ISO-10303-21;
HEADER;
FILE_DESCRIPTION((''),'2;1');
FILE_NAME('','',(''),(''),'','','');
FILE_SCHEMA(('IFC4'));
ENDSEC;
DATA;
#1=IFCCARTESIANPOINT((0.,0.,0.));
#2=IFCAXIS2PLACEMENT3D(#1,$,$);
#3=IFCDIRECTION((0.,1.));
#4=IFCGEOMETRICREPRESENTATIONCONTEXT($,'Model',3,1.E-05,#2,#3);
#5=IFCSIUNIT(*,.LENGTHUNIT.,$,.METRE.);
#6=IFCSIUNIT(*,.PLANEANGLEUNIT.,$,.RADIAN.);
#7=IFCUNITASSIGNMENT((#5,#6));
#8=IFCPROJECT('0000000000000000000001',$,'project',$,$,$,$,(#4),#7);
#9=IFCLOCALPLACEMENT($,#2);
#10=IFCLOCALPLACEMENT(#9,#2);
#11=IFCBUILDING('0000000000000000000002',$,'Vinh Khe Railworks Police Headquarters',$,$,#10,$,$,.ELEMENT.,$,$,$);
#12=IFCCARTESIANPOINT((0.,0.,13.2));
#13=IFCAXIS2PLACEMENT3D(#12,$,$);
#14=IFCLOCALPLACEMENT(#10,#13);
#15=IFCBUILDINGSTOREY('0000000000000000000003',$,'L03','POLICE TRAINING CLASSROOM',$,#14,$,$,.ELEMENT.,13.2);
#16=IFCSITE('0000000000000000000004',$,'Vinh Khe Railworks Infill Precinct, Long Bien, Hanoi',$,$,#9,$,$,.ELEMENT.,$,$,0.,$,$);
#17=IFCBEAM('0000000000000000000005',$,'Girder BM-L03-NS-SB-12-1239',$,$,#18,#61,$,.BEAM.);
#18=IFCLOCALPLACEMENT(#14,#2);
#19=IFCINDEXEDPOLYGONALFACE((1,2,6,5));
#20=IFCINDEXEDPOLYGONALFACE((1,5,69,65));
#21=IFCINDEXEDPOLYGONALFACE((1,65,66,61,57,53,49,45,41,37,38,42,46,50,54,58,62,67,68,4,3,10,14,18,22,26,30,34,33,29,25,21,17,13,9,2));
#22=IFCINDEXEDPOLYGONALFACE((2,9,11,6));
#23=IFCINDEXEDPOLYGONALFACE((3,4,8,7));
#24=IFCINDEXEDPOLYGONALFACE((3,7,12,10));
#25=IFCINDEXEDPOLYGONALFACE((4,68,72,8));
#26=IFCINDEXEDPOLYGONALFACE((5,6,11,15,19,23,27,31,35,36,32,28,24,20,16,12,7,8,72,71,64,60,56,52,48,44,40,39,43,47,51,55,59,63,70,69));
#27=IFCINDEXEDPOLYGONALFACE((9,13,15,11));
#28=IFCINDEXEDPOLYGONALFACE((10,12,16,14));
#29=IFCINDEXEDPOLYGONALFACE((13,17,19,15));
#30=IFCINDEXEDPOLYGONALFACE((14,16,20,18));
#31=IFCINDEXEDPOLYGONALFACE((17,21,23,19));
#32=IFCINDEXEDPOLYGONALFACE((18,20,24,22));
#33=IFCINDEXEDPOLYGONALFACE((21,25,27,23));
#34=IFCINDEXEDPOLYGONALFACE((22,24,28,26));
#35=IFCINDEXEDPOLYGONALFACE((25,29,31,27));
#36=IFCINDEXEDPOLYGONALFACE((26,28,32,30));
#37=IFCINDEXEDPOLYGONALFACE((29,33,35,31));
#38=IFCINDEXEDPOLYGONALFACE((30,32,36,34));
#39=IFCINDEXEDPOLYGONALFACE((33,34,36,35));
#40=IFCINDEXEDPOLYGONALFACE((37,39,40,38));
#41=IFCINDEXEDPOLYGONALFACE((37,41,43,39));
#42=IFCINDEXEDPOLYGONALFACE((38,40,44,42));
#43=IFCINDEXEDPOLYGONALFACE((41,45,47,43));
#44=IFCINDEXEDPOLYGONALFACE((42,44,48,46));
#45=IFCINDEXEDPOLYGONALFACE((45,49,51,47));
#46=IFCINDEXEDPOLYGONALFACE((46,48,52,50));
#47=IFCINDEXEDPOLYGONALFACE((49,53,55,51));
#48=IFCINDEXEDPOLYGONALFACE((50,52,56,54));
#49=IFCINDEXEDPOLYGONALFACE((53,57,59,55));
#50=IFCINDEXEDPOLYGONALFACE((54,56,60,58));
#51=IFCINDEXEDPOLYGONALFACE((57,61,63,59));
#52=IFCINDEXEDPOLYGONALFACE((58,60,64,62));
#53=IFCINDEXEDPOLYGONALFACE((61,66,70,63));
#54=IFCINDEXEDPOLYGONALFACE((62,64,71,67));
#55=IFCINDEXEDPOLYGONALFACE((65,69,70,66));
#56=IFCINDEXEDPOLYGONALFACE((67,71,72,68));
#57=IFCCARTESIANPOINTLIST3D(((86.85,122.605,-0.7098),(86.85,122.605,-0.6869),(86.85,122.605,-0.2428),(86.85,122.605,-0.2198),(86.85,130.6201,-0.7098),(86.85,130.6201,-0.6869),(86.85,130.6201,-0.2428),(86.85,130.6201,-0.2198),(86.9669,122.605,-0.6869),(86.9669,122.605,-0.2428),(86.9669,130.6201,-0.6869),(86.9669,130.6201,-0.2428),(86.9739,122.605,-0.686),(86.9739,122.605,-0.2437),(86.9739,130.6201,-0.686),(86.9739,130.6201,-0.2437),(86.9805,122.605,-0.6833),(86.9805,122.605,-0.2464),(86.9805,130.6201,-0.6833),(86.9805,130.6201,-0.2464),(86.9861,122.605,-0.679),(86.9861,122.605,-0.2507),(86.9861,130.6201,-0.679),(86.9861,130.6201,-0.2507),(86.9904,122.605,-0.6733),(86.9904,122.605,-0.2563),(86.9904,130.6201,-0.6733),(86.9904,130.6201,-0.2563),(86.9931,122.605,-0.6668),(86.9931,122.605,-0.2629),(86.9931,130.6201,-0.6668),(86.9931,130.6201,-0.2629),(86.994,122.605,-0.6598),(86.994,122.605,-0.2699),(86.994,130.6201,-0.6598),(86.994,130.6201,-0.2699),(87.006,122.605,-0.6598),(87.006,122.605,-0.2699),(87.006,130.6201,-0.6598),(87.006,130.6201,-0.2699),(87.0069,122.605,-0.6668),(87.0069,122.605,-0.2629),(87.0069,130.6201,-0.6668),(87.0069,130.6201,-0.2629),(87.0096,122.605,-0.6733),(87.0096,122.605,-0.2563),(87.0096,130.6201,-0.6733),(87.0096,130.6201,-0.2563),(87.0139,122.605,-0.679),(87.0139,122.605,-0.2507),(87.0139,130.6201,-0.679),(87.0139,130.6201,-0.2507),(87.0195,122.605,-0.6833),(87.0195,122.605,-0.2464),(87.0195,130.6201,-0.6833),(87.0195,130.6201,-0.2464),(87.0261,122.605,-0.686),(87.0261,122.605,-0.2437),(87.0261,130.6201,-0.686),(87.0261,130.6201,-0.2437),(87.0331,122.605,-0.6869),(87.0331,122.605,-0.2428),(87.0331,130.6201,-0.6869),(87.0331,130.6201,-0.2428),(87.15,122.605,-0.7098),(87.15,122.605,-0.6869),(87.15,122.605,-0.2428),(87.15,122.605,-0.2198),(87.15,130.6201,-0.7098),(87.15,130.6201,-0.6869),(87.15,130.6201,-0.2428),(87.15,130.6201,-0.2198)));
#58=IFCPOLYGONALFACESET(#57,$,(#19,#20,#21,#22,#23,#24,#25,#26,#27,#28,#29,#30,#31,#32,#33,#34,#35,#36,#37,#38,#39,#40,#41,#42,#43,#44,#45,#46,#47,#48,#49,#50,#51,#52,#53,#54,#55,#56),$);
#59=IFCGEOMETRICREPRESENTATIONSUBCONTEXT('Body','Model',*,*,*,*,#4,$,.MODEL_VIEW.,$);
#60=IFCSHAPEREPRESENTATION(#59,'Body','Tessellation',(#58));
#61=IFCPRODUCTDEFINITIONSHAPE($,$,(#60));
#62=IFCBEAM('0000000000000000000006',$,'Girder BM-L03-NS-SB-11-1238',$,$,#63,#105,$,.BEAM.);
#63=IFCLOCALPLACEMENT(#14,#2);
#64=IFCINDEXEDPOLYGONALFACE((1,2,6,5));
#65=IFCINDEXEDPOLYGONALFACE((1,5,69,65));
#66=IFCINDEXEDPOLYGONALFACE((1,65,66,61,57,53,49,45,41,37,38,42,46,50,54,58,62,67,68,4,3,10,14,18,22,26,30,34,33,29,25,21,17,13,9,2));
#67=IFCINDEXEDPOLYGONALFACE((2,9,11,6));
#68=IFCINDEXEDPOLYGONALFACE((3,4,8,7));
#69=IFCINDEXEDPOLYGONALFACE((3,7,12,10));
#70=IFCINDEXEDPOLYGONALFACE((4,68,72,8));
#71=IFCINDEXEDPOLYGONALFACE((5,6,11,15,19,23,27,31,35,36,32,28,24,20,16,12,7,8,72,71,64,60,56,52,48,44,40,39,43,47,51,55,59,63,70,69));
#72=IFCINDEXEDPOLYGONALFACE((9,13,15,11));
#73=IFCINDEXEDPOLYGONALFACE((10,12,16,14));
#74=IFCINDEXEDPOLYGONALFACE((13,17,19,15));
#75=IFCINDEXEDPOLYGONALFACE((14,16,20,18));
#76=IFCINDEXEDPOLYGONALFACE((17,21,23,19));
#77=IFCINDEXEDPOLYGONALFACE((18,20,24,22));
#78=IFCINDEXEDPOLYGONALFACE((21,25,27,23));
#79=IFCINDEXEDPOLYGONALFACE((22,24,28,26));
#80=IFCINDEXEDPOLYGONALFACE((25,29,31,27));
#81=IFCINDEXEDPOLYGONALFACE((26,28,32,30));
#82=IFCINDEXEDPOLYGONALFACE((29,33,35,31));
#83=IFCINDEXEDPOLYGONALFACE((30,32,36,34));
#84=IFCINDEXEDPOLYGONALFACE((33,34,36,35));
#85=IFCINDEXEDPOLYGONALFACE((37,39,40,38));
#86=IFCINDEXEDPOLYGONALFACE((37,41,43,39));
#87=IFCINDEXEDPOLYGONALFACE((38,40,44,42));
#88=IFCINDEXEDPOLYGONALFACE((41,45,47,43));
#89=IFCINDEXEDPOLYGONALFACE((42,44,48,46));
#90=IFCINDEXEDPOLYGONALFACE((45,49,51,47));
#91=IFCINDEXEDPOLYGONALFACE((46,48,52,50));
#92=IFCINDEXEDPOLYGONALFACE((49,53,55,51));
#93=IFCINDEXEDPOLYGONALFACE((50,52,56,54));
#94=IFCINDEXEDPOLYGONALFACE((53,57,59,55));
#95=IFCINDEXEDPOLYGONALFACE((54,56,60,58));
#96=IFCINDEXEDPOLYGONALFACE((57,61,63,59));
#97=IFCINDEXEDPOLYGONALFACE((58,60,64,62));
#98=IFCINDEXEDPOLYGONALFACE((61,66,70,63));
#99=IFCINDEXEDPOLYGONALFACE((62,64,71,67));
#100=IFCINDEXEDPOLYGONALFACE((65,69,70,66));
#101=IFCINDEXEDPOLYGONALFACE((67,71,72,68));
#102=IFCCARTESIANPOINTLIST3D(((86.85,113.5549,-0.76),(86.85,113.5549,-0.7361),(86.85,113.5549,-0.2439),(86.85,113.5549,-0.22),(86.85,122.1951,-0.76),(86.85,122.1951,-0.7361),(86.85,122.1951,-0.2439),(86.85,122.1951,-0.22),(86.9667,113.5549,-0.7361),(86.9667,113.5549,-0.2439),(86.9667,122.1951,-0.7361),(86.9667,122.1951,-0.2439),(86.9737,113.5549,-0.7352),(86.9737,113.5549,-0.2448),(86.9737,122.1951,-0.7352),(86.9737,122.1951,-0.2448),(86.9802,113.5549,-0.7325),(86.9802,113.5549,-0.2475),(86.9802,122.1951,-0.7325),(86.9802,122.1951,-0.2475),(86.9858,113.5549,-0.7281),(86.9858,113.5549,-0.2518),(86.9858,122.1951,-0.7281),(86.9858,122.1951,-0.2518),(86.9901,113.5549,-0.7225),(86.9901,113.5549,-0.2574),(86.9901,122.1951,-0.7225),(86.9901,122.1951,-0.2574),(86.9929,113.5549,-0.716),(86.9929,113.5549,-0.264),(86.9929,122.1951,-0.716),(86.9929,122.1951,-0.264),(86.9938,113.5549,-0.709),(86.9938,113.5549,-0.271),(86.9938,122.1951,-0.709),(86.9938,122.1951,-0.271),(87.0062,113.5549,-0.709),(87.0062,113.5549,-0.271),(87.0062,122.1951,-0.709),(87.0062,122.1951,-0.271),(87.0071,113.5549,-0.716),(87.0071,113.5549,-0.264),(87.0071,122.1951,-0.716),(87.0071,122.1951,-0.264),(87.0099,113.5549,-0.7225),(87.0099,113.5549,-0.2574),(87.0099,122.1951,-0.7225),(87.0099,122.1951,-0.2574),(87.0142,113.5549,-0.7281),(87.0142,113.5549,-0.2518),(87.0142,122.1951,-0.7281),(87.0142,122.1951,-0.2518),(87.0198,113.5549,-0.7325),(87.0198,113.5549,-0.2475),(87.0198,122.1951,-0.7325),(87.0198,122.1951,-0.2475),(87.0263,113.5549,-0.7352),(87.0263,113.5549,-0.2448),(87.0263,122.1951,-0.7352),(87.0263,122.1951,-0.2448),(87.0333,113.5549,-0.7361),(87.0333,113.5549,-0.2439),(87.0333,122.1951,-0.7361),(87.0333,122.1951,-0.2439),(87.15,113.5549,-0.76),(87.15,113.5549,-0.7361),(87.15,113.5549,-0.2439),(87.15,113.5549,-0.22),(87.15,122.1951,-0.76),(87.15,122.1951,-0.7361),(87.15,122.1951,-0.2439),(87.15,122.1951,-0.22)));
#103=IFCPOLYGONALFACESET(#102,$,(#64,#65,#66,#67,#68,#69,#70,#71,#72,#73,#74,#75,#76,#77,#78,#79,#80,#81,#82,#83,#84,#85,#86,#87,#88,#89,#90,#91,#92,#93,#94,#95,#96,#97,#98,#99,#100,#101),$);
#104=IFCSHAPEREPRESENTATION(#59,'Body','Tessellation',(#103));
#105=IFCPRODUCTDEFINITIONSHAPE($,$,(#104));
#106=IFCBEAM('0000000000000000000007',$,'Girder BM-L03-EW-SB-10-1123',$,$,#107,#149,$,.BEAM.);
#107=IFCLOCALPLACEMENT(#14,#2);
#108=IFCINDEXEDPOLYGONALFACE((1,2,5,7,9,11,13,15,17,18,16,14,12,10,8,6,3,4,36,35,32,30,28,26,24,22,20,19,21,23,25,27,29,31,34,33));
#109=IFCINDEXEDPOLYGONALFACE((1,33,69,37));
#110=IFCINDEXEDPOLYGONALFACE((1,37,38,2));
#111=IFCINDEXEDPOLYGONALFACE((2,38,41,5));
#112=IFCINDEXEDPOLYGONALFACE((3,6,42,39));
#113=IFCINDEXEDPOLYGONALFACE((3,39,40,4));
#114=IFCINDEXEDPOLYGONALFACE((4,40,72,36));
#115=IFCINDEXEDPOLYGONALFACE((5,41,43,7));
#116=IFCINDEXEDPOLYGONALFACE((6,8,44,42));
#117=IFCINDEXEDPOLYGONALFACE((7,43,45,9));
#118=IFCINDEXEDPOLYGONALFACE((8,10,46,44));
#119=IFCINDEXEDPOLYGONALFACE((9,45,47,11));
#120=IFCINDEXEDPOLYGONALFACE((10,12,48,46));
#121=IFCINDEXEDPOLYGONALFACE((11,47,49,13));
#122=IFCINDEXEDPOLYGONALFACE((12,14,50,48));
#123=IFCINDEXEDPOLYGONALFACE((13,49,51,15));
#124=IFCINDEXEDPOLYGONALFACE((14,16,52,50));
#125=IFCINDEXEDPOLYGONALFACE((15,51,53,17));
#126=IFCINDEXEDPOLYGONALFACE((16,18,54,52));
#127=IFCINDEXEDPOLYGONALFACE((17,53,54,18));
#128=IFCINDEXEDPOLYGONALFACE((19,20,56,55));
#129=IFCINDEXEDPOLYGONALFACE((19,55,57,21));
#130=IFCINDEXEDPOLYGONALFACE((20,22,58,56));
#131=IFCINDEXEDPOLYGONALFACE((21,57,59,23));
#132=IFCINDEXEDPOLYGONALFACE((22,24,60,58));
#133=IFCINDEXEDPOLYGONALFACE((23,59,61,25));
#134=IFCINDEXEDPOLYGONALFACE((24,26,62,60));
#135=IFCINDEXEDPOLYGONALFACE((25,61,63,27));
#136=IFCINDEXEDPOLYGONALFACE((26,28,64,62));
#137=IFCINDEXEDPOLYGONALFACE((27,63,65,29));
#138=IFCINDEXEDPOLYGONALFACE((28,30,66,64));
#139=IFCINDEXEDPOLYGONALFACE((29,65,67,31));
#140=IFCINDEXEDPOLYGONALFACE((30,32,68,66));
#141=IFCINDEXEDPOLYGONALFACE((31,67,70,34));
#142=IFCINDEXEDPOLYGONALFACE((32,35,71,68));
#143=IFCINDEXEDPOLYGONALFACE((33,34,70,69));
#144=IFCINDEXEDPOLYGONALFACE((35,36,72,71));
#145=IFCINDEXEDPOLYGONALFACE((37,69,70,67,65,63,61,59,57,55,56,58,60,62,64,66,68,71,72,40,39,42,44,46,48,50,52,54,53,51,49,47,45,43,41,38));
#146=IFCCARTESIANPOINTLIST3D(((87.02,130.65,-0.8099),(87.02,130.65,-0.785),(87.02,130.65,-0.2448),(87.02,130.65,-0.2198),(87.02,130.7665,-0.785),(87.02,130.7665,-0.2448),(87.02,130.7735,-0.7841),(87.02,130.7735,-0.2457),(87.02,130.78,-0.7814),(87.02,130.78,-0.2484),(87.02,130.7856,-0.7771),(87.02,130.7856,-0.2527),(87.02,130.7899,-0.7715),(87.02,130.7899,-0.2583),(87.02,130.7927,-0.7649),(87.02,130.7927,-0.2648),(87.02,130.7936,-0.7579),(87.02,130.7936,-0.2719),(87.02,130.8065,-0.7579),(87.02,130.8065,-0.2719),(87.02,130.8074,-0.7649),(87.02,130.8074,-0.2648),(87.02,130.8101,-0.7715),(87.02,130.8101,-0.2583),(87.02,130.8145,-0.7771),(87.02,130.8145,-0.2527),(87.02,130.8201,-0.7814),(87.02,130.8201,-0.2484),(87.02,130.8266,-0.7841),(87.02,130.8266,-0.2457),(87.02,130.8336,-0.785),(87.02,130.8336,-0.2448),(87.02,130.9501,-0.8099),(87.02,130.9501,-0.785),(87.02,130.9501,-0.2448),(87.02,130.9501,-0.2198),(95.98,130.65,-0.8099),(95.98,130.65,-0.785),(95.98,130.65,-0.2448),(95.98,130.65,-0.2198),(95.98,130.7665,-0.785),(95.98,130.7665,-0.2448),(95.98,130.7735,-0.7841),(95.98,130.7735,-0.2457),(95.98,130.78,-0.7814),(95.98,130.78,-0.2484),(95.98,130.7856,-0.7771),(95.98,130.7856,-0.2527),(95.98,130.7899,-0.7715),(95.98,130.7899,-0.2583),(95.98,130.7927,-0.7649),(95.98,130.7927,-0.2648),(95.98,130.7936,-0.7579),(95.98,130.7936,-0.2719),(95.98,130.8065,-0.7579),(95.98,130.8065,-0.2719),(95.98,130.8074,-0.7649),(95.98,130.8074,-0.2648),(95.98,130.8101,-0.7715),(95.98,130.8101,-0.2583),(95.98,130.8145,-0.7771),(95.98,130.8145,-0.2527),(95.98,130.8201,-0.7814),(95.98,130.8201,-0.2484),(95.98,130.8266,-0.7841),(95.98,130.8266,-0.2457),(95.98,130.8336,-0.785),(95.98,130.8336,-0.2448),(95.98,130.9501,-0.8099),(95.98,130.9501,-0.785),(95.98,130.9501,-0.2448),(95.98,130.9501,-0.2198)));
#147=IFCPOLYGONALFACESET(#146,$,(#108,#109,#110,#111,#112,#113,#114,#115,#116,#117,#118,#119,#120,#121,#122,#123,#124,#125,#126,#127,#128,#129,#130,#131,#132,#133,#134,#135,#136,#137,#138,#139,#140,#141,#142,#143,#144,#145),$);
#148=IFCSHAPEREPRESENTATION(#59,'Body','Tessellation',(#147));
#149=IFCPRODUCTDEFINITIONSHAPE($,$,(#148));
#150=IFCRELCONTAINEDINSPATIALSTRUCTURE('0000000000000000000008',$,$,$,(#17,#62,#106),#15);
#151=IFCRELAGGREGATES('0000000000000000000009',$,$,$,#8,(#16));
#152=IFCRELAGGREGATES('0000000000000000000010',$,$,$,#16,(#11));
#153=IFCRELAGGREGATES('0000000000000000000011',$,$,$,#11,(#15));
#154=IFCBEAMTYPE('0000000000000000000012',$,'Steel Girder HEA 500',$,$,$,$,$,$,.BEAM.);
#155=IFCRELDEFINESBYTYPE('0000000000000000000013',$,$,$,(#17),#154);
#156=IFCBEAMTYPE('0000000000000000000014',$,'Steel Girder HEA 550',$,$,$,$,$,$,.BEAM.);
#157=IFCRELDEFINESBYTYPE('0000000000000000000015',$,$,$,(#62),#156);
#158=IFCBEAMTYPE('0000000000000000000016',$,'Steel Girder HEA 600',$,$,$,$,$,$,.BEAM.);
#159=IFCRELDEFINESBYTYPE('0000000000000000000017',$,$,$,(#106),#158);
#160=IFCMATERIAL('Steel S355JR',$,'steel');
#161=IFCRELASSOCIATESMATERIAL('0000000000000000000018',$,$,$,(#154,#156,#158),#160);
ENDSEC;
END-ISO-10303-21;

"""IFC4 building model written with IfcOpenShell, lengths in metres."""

from ifc_helpers import new_model, si_unit, direction, frame, origin, origin_2d, place, context, subcontext, project, spatial, i_section, extrude, material, material_profile, profile_set, type_object, element, save


model = new_model("IFC4")

# Units and contexts
model_context = context("Model", 3, precision=1e-05, world=origin(), true_north=direction((0.0, 1.0)))
body_context = subcontext(model_context, "Body", "Model", "MODEL_VIEW")
ifc_project = project(units=[si_unit("LENGTHUNIT", "METRE"), si_unit("PLANEANGLEUNIT", "RADIAN")], contexts=[model_context])

# Site, building, storey
site_placement = place(None, origin())
site = spatial("IfcSite", under=ifc_project, at=site_placement, Name="Vinh Khe Railworks Infill Precinct, Long Bien, Hanoi", CompositionType="ELEMENT", RefElevation=0.0)
building_placement = place(site_placement, origin())
building = spatial("IfcBuilding", under=site, at=building_placement, Name="Vinh Khe Railworks Police Headquarters", CompositionType="ELEMENT")
storey_placement = place(building_placement, frame((0.0, 0.0, 13.2)))
storey = spatial("IfcBuildingStorey", under=building, at=storey_placement, Name="L03", Description="POLICE TRAINING CLASSROOM", CompositionType="ELEMENT", Elevation=13.2)

# Shared definitions
ifc_material_1 = material(Name="Steel S355JR", Category="steel")

# Beams
ifc_material_profile_1 = material_profile(ifc_material_1, i_section(OverallWidth=0.3, OverallDepth=0.49, WebThickness=0.012, FlangeThickness=0.0229, FilletRadius=0.0271, at=origin_2d()), Name="HEA 500")
ifc_profile_set_1 = profile_set([ifc_material_profile_1], Name="Steel S355JR")
beam_type_1 = type_object("IfcBeamType", Name="Steel Girder HEA 500", PredefinedType="BEAM", material=ifc_profile_set_1)
beam_1_placement = place(storey_placement, frame((87.0, 122.605, -0.4648), z_axis=(0.0, 1.0, 0.0), x_axis=(-1.0, 0.0, 0.0)))
element("IfcBeam", 1, at=beam_1_placement, inside=storey, type_object=beam_type_1, Name="Girder BM-L03-NS-SB-12-1239", PredefinedType="BEAM", context=body_context, shape_type="SweptSolid", body=[
    extrude(i_section(OverallWidth=0.3, OverallDepth=0.49, WebThickness=0.012, FlangeThickness=0.0229, FilletRadius=0.0271, at=origin_2d()), origin(), (0.0, 0.0, 1.0), 8.0151),
])
ifc_material_profile_2 = material_profile(ifc_material_1, i_section(OverallWidth=0.3, OverallDepth=0.54, WebThickness=0.0125, FlangeThickness=0.0239, FilletRadius=0.0271, at=origin_2d()), Name="HEA 550")
ifc_profile_set_2 = profile_set([ifc_material_profile_2], Name="Steel S355JR")
beam_type_2 = type_object("IfcBeamType", Name="Steel Girder HEA 550", PredefinedType="BEAM", material=ifc_profile_set_2)
beam_2_placement = place(storey_placement, frame((87.0, 113.5549, -0.49), z_axis=(0.0, 1.0, 0.0), x_axis=(-1.0, 0.0, 0.0)))
element("IfcBeam", 2, at=beam_2_placement, inside=storey, type_object=beam_type_2, Name="Girder BM-L03-NS-SB-11-1238", PredefinedType="BEAM", context=body_context, shape_type="SweptSolid", body=[
    extrude(i_section(OverallWidth=0.3, OverallDepth=0.54, WebThickness=0.0125, FlangeThickness=0.0239, FilletRadius=0.0271, at=origin_2d()), origin(), (0.0, 0.0, 1.0), 8.6401),
])
ifc_material_profile_3 = material_profile(ifc_material_1, i_section(OverallWidth=0.3, OverallDepth=0.5901, WebThickness=0.0129, FlangeThickness=0.0249, FilletRadius=0.0271, at=origin_2d()), Name="HEA 600")
ifc_profile_set_3 = profile_set([ifc_material_profile_3], Name="Steel S355JR")
beam_type_3 = type_object("IfcBeamType", Name="Steel Girder HEA 600", PredefinedType="BEAM", material=ifc_profile_set_3)
beam_3_placement = place(storey_placement, frame((87.02, 130.8, -0.5149), z_axis=(1.0, 0.0, 0.0), x_axis=(0.0, 1.0, 0.0)))
element("IfcBeam", 3, at=beam_3_placement, inside=storey, type_object=beam_type_3, Name="Girder BM-L03-EW-SB-10-1123", PredefinedType="BEAM", context=body_context, shape_type="SweptSolid", body=[
    extrude(i_section(OverallWidth=0.3, OverallDepth=0.5901, WebThickness=0.0129, FlangeThickness=0.0249, FilletRadius=0.0271, at=origin_2d()), origin(), (0.0, 0.0, 1.0), 8.96),
])

save(model, "model.ifc")
